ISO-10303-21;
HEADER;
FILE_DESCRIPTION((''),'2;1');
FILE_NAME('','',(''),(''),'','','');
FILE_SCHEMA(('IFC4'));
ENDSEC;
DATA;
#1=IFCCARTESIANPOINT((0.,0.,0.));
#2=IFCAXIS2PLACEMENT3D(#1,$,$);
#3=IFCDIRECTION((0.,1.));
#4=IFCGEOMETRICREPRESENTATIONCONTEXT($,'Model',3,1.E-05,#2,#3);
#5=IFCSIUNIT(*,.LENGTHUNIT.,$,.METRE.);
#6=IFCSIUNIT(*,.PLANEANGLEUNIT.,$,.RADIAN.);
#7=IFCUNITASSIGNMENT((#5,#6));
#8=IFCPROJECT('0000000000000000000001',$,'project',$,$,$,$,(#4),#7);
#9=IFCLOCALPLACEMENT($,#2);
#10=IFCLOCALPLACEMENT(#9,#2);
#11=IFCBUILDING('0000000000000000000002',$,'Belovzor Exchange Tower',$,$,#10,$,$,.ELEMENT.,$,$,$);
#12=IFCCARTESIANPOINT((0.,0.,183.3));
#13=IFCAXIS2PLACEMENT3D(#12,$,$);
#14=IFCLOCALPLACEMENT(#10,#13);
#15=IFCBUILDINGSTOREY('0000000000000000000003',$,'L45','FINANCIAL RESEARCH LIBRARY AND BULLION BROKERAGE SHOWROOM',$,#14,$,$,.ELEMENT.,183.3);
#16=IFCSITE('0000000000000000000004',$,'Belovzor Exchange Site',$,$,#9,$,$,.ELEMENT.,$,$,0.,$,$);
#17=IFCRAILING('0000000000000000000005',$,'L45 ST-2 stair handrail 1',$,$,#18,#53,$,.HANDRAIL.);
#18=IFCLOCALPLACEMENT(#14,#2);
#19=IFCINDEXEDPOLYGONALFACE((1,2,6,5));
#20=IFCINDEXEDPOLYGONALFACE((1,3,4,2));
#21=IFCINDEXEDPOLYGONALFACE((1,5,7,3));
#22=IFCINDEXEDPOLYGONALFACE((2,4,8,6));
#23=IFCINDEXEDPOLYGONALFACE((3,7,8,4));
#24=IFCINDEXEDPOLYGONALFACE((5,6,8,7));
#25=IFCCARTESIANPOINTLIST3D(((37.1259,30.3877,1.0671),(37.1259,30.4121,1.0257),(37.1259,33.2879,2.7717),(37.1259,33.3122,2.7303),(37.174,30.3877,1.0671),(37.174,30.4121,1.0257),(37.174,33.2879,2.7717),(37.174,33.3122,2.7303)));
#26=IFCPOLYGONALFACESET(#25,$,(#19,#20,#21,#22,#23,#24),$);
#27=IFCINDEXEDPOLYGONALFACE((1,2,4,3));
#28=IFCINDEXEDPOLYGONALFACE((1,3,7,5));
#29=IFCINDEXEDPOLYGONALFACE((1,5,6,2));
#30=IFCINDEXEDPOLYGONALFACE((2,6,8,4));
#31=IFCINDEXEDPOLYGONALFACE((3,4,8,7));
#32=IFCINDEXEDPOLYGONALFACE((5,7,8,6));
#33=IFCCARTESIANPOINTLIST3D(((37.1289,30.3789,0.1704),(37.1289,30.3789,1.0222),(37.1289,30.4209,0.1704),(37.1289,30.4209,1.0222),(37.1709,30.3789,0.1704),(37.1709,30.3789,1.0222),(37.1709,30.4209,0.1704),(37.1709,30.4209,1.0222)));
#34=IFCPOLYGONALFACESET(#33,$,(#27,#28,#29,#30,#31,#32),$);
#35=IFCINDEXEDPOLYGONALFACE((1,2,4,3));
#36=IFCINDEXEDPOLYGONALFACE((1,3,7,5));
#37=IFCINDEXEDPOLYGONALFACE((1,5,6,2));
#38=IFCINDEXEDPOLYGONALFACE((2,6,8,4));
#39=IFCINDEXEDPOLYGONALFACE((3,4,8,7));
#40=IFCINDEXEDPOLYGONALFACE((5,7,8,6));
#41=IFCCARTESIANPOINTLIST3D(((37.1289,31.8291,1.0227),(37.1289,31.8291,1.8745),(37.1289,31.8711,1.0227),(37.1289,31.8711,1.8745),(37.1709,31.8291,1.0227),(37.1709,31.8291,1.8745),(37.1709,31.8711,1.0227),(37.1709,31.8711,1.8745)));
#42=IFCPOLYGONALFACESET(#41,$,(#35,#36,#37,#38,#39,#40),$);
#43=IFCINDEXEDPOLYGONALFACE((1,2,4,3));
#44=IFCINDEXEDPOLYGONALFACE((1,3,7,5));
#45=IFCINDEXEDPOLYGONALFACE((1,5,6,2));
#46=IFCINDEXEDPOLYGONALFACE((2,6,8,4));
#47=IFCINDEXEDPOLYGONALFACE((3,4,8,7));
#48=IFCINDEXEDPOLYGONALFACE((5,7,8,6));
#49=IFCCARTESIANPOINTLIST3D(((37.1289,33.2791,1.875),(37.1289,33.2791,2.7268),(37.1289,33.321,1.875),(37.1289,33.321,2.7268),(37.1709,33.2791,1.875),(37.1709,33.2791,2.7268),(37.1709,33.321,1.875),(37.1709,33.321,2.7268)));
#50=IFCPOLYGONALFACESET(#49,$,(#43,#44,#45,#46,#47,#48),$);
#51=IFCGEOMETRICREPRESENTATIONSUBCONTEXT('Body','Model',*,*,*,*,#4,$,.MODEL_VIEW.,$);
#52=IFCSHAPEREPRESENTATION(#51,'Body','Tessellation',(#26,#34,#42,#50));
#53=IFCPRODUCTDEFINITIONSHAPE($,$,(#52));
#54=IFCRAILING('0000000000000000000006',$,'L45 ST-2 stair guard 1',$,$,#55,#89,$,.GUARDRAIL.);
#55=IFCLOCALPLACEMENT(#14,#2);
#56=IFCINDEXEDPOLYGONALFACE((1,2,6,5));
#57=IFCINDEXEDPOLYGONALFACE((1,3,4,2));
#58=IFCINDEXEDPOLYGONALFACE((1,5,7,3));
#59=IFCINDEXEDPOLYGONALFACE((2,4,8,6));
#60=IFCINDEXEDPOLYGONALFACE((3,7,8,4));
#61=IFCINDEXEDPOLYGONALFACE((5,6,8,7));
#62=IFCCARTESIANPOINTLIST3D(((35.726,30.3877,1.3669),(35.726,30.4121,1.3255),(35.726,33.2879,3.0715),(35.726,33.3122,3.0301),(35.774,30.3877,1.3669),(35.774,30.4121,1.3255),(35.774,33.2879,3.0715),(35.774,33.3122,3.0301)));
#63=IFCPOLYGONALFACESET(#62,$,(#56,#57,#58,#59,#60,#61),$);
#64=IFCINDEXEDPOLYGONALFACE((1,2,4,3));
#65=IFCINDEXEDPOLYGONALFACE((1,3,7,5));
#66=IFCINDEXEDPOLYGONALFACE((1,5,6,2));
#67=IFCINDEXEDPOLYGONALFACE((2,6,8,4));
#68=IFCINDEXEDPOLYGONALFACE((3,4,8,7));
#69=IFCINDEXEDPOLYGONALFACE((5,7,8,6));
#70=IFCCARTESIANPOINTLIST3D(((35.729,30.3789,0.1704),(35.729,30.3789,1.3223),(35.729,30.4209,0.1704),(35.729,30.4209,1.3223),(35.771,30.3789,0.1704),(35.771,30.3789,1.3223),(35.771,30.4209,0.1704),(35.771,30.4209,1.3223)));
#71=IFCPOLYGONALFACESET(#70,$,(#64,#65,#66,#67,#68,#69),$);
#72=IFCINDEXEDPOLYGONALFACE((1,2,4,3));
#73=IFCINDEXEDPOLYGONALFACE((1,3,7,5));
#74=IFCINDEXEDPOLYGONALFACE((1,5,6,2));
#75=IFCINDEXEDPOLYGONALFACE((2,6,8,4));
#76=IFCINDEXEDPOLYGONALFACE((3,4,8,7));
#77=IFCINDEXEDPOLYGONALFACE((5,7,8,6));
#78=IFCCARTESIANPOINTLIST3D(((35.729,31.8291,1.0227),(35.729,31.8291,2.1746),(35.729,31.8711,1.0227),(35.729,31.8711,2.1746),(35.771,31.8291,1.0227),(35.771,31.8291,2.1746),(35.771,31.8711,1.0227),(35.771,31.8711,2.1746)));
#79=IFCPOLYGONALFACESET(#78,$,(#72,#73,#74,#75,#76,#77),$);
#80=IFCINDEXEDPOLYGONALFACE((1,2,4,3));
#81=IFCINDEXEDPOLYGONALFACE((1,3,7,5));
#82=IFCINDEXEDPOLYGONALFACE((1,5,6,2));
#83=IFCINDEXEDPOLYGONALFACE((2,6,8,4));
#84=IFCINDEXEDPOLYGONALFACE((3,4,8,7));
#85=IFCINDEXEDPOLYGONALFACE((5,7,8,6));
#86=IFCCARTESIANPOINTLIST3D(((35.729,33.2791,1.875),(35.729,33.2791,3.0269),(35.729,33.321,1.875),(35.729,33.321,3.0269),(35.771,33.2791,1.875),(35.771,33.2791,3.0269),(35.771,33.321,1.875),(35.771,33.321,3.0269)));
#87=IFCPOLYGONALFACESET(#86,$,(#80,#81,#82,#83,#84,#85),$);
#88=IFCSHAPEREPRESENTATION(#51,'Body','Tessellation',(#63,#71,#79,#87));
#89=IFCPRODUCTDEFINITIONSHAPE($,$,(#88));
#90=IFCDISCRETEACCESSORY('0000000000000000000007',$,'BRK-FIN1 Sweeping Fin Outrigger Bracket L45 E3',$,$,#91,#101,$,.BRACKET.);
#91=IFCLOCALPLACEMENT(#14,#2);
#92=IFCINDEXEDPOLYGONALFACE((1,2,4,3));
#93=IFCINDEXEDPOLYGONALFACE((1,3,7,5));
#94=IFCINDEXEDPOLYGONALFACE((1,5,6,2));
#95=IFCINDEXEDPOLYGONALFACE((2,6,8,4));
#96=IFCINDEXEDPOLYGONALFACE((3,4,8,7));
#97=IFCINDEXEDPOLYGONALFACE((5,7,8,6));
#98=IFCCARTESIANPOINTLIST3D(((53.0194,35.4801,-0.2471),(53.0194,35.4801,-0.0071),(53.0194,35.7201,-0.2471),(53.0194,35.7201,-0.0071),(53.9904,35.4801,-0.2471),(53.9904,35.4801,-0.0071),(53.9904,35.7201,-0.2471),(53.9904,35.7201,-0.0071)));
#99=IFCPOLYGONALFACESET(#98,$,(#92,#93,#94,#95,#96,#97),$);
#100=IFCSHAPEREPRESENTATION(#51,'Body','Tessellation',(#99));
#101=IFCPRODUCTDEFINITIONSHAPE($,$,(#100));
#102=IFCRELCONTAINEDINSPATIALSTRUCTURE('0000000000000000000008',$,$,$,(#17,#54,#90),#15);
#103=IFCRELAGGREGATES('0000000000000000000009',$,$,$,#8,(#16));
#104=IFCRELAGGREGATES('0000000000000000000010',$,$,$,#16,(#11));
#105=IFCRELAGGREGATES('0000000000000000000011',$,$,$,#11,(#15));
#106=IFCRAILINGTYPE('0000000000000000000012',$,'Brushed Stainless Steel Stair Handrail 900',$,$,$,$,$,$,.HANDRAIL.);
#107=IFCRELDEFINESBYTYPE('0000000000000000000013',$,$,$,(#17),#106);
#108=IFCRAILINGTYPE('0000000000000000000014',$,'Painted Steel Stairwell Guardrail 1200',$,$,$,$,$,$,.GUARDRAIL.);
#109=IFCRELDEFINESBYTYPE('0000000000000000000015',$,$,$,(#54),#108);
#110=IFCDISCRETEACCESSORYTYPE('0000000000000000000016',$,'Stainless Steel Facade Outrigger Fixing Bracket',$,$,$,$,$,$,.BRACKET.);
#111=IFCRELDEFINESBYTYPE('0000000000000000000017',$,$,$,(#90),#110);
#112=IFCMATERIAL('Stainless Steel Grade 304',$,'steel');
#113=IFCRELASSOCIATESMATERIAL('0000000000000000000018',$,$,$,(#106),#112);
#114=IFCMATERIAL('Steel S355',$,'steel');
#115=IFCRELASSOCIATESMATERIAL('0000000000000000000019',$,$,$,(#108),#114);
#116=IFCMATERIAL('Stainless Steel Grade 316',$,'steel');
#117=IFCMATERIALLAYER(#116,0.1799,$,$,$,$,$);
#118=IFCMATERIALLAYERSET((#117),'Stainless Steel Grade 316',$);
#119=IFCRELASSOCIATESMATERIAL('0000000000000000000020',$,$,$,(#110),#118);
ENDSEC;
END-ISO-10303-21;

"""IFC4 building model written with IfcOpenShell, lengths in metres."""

from ifc_helpers import new_model, si_unit, direction, frame, origin, origin_2d, place, context, subcontext, project, spatial, rectangle, extrude, material, layer, layer_set, type_object, element, save


model = new_model("IFC4")

# Units and contexts
model_context = context("Model", 3, precision=1e-05, world=origin(), true_north=direction((0.0, 1.0)))
body_context = subcontext(model_context, "Body", "Model", "MODEL_VIEW")
ifc_project = project(units=[si_unit("LENGTHUNIT", "METRE"), si_unit("PLANEANGLEUNIT", "RADIAN")], contexts=[model_context])

# Site, building, storey
site_placement = place(None, origin())
site = spatial("IfcSite", under=ifc_project, at=site_placement, Name="Belovzor Exchange Site", CompositionType="ELEMENT", RefElevation=0.0)
building_placement = place(site_placement, origin())
building = spatial("IfcBuilding", under=site, at=building_placement, Name="Belovzor Exchange Tower", CompositionType="ELEMENT")
storey_placement = place(building_placement, frame((0.0, 0.0, 183.3)))
storey = spatial("IfcBuildingStorey", under=building, at=storey_placement, Name="L45", Description="FINANCIAL RESEARCH LIBRARY AND BULLION BROKERAGE SHOWROOM", CompositionType="ELEMENT", Elevation=183.3)

# Railings
ifc_material_1 = material(Name="Stainless Steel Grade 304", Category="steel")
railing_type_1 = type_object("IfcRailingType", Name="Brushed Stainless Steel Stair Handrail 900", PredefinedType="HANDRAIL", material=ifc_material_1)
railing_1_placement = place(storey_placement, frame((37.1499, 30.3999, 0.1704)))
element("IfcRailing", 1, at=railing_1_placement, inside=storey, type_object=railing_type_1, Name="L45 ST-2 stair handrail 1", PredefinedType="HANDRAIL", context=body_context, shape_type="SweptSolid", body=[
    extrude(rectangle(XDim=0.0481, YDim=0.0481, at=origin_2d()), frame((0.0, 0.0, 0.876), z_axis=(0.0, 0.862113, 0.506716), x_axis=(-1.0, 0.0, 0.0)), (0.0, 0.0, 1.0), 3.364),
    extrude(rectangle(XDim=0.042, YDim=0.042, at=origin_2d()), origin(), (0.0, 0.0, 1.0), 0.8518),
    extrude(rectangle(XDim=0.042, YDim=0.042, at=origin_2d()), frame((0.0, 1.4502, 0.8523)), (0.0, 0.0, 1.0), 0.8518),
    extrude(rectangle(XDim=0.042, YDim=0.042, at=origin_2d()), frame((0.0, 2.9001, 1.7046)), (0.0, 0.0, 1.0), 0.8518),
])
ifc_material_2 = material(Name="Steel S355", Category="steel")
railing_type_2 = type_object("IfcRailingType", Name="Painted Steel Stairwell Guardrail 1200", PredefinedType="GUARDRAIL", material=ifc_material_2)
railing_2_placement = place(storey_placement, frame((35.75, 30.3999, 0.1704)))
element("IfcRailing", 2, at=railing_2_placement, inside=storey, type_object=railing_type_2, Name="L45 ST-2 stair guard 1", PredefinedType="GUARDRAIL", context=body_context, shape_type="SweptSolid", body=[
    extrude(rectangle(XDim=0.0481, YDim=0.0481, at=origin_2d()), frame((0.0, 0.0, 1.1758), z_axis=(0.0, 0.862113, 0.506716), x_axis=(-1.0, 0.0, 0.0)), (0.0, 0.0, 1.0), 3.364),
    extrude(rectangle(XDim=0.042, YDim=0.042, at=origin_2d()), origin(), (0.0, 0.0, 1.0), 1.1519),
    extrude(rectangle(XDim=0.042, YDim=0.042, at=origin_2d()), frame((0.0, 1.4502, 0.8523)), (0.0, 0.0, 1.0), 1.1519),
    extrude(rectangle(XDim=0.042, YDim=0.042, at=origin_2d()), frame((0.0, 2.9001, 1.7046)), (0.0, 0.0, 1.0), 1.1519),
])

# Discrete accessory
ifc_material_3 = material(Name="Stainless Steel Grade 316", Category="steel")
ifc_layer_1 = layer(ifc_material_3, 0.1799)
ifc_layer_set_1 = layer_set([ifc_layer_1], Name="Stainless Steel Grade 316")
discrete_accessory_type = type_object("IfcDiscreteAccessoryType", Name="Stainless Steel Facade Outrigger Fixing Bracket", PredefinedType="BRACKET", material=ifc_layer_set_1)
discrete_accessory_placement = place(storey_placement, frame((53.5049, 35.6001, -0.2471), z_axis=(0.0, 0.0, 1.0), x_axis=(1.0, 0.0, 0.0)))
element("IfcDiscreteAccessory", 3, at=discrete_accessory_placement, inside=storey, type_object=discrete_accessory_type, Name="BRK-FIN1 Sweeping Fin Outrigger Bracket L45 E3", PredefinedType="BRACKET", context=body_context, shape_type="SweptSolid", body=[
    extrude(rectangle(XDim=0.9709, YDim=0.24, at=origin_2d()), origin(), (0.0, 0.0, 1.0), 0.24),
])

save(model, "model.ifc")
